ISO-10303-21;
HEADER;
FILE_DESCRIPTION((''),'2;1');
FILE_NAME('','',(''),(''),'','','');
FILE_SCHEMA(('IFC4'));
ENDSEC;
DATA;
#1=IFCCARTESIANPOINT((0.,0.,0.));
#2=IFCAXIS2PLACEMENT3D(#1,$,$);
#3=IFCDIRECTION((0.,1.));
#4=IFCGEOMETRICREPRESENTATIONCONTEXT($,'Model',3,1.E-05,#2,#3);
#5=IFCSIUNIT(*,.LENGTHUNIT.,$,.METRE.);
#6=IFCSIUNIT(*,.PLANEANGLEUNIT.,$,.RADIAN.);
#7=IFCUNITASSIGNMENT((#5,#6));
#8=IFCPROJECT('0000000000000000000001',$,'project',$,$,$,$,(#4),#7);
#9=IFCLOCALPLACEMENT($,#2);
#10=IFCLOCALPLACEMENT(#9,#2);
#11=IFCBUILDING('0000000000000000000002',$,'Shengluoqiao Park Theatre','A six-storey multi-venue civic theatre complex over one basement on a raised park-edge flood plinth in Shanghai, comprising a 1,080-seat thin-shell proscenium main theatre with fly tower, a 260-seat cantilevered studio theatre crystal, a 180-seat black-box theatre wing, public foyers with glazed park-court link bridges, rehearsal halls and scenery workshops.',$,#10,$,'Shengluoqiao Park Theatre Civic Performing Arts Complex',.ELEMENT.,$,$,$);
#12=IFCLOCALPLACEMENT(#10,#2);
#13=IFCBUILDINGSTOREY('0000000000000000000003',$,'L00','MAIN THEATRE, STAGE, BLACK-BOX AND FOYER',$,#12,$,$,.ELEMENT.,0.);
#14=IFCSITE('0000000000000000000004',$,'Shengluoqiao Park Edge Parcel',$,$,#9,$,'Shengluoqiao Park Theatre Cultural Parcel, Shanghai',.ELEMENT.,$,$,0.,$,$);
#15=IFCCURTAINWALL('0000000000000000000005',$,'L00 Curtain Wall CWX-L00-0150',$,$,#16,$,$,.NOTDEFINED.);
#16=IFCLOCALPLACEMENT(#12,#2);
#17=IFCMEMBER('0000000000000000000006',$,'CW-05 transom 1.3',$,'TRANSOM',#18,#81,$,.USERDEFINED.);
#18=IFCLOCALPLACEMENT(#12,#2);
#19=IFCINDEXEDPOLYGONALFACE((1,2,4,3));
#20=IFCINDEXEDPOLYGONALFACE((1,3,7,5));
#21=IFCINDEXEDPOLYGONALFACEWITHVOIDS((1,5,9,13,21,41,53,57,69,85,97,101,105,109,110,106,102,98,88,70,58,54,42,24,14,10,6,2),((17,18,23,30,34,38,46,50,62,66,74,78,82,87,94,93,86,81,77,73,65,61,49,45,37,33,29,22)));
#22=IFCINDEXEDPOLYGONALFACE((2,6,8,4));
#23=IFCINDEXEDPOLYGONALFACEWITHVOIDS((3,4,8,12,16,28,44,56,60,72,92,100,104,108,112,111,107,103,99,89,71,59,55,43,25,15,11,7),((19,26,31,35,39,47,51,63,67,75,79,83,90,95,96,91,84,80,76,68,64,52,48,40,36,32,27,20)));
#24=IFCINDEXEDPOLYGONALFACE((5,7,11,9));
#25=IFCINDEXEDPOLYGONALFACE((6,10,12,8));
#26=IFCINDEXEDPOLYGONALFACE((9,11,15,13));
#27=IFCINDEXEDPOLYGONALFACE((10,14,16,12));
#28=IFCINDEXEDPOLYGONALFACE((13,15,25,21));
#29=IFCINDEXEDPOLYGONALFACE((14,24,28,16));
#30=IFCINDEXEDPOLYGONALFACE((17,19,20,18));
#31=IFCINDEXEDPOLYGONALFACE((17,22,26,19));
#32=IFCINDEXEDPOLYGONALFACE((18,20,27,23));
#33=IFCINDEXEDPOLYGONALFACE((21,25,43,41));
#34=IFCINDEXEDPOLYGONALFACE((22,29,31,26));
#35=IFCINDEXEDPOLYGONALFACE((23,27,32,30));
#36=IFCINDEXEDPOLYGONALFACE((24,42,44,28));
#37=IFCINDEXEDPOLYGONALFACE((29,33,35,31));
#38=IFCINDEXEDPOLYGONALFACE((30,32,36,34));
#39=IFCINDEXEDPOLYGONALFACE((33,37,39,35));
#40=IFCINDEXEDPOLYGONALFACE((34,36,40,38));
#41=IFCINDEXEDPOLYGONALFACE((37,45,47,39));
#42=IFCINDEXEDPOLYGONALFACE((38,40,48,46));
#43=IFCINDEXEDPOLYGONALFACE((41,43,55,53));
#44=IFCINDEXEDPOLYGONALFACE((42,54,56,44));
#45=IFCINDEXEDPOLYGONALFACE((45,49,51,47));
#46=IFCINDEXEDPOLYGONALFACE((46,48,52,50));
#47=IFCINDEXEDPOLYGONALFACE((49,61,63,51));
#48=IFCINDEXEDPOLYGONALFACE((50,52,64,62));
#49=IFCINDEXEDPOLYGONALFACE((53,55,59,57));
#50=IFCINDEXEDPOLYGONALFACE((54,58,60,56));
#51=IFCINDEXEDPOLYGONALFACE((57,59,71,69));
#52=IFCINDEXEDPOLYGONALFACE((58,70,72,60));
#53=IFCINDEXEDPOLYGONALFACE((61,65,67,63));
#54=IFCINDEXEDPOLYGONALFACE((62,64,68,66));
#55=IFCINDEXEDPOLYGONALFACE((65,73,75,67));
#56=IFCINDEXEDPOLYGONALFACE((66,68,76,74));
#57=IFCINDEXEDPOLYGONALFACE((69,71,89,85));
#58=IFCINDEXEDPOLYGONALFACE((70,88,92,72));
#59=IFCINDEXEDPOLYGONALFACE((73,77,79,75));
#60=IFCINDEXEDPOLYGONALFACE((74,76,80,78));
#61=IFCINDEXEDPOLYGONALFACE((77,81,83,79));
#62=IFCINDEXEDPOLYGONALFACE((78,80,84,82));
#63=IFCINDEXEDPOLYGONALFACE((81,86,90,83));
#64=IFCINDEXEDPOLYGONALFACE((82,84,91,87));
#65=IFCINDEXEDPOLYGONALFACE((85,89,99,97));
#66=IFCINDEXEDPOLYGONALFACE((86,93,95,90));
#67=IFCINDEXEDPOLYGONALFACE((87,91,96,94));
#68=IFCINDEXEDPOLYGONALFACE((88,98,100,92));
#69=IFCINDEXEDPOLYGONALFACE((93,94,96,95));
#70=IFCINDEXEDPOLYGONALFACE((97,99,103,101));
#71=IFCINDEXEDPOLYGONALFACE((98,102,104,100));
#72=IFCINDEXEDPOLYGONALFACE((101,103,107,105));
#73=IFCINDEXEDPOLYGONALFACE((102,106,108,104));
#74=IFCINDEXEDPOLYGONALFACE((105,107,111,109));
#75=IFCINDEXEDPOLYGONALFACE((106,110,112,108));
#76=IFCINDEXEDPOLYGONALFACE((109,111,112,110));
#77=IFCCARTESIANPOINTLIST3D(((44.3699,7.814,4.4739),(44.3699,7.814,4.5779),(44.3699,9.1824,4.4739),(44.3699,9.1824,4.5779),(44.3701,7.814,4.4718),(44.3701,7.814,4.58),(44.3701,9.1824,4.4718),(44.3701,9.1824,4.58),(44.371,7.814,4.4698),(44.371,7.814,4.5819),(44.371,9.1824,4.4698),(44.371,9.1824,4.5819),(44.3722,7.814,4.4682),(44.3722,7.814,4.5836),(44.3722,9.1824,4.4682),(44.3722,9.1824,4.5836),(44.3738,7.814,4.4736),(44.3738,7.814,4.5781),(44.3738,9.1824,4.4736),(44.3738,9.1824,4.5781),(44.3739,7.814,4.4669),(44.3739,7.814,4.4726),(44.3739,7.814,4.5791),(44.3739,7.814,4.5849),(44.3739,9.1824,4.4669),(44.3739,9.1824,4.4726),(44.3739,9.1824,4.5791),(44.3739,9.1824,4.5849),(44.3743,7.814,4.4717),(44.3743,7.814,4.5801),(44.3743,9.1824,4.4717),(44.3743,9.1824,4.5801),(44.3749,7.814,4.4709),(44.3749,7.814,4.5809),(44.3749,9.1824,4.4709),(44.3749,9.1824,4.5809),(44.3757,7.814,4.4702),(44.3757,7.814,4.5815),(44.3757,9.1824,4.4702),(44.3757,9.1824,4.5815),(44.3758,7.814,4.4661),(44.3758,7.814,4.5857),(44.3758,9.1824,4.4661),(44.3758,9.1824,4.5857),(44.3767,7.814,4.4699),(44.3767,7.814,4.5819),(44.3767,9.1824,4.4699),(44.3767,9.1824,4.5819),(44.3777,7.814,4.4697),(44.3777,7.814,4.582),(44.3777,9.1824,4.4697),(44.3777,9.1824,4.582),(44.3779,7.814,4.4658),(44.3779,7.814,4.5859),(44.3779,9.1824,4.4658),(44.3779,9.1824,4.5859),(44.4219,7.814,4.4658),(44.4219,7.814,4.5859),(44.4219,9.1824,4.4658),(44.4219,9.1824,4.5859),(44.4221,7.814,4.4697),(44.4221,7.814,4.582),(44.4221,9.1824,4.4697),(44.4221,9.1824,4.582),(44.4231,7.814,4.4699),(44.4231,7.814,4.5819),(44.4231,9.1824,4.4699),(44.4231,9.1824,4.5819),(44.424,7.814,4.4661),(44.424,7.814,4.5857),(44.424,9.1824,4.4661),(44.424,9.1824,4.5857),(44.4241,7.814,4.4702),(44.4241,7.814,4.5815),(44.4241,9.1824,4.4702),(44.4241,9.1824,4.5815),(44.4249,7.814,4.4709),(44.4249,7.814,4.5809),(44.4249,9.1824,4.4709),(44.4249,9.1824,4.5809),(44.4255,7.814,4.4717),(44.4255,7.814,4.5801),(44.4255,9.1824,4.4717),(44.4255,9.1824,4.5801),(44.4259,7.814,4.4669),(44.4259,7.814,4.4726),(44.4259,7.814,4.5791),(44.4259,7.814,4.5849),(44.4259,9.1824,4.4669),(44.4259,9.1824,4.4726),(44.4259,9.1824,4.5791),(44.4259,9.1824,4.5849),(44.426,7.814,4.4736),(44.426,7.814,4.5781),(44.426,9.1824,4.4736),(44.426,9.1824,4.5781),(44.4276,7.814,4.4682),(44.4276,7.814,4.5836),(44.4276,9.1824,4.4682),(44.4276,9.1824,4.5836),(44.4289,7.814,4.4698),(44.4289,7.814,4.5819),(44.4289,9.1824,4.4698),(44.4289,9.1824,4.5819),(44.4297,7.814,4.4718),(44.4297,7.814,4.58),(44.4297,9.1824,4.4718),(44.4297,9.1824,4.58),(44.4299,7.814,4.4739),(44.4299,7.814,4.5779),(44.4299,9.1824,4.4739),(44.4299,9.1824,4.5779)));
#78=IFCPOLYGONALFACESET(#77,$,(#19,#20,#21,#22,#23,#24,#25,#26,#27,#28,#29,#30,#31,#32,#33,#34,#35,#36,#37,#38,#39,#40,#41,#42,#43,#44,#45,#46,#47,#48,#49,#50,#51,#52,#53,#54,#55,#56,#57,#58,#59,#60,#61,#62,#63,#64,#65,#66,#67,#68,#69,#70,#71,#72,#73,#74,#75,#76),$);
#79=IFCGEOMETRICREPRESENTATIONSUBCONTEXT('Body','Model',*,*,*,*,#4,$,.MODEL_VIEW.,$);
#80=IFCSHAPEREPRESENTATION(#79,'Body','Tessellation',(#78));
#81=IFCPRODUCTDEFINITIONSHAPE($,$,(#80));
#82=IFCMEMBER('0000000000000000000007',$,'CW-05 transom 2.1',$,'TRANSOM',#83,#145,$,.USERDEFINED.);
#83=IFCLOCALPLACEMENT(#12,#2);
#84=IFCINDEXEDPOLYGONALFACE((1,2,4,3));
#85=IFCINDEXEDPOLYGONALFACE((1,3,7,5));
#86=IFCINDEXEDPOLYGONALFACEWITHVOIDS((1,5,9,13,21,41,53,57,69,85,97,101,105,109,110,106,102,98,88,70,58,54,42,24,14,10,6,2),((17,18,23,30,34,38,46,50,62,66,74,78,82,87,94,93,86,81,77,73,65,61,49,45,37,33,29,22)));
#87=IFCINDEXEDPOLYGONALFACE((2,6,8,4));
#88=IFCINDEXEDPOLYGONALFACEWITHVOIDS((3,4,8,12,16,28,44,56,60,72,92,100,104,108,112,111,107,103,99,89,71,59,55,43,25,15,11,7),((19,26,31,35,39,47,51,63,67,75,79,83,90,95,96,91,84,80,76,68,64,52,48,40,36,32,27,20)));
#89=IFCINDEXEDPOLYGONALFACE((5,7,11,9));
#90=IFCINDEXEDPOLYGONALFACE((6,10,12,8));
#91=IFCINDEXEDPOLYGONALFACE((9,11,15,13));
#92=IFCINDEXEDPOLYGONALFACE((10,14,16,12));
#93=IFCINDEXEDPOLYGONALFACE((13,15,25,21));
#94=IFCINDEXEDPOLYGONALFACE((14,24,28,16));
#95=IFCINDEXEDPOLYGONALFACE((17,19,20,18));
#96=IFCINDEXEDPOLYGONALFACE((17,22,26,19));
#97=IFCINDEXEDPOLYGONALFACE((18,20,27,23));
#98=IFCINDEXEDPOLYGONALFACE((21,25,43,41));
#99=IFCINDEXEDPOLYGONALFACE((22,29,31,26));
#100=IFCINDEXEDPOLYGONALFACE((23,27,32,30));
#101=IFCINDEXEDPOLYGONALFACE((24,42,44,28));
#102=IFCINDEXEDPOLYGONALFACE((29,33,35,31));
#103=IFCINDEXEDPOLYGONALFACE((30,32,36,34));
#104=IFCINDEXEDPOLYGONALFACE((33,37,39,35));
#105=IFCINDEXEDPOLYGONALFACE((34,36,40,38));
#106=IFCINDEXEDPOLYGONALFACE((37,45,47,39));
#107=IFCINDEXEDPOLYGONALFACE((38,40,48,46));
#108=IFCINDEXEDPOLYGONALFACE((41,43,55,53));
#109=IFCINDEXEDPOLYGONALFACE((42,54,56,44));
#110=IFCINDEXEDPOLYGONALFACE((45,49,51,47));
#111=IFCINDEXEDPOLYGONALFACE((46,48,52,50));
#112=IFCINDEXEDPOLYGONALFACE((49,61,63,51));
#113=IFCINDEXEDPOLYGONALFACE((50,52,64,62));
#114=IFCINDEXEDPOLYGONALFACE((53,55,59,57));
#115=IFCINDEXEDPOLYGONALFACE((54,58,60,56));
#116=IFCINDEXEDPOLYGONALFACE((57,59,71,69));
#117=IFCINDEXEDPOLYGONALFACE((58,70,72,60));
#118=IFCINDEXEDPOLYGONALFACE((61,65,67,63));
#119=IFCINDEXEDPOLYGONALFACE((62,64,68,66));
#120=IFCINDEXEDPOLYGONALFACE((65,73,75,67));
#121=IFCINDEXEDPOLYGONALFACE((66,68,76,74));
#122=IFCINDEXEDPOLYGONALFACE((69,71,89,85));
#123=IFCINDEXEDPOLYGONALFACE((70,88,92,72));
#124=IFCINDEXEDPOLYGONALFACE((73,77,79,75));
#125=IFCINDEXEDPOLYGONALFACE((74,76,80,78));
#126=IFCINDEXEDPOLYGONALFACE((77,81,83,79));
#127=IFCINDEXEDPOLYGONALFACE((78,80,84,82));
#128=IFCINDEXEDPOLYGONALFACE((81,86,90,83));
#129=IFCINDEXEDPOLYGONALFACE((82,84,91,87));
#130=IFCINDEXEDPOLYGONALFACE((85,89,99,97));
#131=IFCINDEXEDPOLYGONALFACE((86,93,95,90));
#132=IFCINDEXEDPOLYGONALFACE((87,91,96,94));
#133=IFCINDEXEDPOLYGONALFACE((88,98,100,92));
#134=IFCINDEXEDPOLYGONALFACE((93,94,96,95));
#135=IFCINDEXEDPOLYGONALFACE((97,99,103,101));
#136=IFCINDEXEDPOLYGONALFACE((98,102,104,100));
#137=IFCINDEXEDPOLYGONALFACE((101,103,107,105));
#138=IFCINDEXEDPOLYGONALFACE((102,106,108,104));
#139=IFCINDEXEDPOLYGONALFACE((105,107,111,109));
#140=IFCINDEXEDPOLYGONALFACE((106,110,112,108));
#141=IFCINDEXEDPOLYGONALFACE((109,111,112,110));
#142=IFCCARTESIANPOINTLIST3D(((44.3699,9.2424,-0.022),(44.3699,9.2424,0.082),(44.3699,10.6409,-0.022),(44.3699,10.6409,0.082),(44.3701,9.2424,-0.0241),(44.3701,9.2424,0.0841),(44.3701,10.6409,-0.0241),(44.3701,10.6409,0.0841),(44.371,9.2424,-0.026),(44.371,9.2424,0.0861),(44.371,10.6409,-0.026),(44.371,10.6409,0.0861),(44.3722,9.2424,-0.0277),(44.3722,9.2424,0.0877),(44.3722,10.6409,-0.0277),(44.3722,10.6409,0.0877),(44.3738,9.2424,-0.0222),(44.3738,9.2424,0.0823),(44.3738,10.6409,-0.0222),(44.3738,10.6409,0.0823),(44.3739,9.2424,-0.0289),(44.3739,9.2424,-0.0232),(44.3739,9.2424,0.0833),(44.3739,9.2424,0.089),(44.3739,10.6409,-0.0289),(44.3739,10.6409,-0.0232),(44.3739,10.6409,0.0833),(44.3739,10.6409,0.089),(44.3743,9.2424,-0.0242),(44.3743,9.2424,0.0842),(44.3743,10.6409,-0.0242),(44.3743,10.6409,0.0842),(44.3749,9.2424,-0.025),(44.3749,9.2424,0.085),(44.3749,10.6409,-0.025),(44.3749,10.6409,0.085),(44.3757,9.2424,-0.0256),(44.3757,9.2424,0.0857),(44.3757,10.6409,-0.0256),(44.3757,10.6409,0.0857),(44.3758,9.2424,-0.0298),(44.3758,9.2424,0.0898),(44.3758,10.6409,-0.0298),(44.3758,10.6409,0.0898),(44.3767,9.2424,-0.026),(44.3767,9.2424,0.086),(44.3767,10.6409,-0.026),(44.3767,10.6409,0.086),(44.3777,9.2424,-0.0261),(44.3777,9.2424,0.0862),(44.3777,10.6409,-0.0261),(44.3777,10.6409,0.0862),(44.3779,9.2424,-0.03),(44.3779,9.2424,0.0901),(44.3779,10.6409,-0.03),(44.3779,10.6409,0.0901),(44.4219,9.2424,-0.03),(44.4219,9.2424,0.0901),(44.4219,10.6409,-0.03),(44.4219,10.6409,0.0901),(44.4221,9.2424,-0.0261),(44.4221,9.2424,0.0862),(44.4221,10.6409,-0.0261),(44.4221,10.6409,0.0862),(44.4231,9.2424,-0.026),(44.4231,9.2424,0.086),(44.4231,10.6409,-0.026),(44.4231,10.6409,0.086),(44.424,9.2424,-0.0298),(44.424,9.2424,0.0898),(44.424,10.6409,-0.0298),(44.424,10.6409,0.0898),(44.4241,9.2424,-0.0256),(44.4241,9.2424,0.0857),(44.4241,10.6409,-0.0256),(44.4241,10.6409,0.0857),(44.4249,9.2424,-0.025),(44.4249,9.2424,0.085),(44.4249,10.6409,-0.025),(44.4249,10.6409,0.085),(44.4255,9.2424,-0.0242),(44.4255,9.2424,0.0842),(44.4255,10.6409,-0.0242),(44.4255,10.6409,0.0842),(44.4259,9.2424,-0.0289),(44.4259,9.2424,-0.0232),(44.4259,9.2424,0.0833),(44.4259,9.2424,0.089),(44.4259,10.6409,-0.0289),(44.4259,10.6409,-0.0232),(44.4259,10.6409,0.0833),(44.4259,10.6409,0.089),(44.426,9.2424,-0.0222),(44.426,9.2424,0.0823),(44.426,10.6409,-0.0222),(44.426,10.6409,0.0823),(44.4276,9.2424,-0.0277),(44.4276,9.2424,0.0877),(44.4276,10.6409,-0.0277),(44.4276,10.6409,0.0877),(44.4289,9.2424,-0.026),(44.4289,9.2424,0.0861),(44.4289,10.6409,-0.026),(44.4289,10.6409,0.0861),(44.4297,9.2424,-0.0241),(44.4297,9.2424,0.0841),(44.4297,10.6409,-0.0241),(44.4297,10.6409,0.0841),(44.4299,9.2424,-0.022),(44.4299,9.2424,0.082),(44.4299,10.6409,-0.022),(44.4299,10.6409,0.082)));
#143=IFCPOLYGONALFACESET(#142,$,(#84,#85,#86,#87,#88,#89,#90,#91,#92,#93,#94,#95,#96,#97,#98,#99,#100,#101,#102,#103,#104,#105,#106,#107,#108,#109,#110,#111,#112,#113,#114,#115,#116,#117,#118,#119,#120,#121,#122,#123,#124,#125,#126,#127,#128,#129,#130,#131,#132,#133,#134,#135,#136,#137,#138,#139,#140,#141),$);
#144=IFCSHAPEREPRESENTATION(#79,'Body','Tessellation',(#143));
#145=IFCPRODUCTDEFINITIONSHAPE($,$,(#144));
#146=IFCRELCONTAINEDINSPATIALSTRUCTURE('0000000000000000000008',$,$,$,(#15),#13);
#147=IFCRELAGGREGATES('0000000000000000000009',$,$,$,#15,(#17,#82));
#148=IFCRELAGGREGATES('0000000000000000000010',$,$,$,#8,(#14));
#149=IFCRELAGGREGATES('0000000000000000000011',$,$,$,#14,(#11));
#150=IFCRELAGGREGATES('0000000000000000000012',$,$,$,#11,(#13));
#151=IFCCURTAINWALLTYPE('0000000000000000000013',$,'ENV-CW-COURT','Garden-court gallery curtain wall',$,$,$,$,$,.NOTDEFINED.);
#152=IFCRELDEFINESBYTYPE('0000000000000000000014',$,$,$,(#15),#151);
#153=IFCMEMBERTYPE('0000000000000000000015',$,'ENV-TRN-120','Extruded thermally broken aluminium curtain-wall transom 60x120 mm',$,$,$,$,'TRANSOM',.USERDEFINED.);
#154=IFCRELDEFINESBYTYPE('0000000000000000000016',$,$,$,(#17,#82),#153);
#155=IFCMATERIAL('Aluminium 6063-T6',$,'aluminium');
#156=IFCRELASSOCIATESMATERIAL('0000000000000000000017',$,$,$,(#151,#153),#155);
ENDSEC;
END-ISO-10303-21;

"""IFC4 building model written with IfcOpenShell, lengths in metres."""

from ifc_helpers import new_model, si_unit, direction, frame, origin, origin_2d, place, context, subcontext, project, spatial, hollow_rectangle, extrude, material, material_profile, profile_set, type_object, element, aggregate, save


model = new_model("IFC4")

# Units and contexts
model_context = context("Model", 3, precision=1e-05, world=origin(), true_north=direction((0.0, 1.0)))
body_context = subcontext(model_context, "Body", "Model", "MODEL_VIEW")
ifc_project = project(units=[si_unit("LENGTHUNIT", "METRE"), si_unit("PLANEANGLEUNIT", "RADIAN")], contexts=[model_context])

# Site, building, storey
site_placement = place(None, origin())
site = spatial("IfcSite", under=ifc_project, at=site_placement, Name="Shengluoqiao Park Edge Parcel", LongName="Shengluoqiao Park Theatre Cultural Parcel, Shanghai", CompositionType="ELEMENT", RefElevation=0.0)
building_placement = place(site_placement, origin())
building = spatial("IfcBuilding", under=site, at=building_placement, Name="Shengluoqiao Park Theatre", Description="A six-storey multi-venue civic theatre complex over one basement on a raised park-edge flood plinth in Shanghai, comprising a 1,080-seat thin-shell proscenium main theatre with fly tower, a 260-seat cantilevered studio theatre crystal, a 180-seat black-box theatre wing, public foyers with glazed park-court link bridges, rehearsal halls and scenery workshops.", LongName="Shengluoqiao Park Theatre Civic Performing Arts Complex", CompositionType="ELEMENT")
storey_placement = place(building_placement, origin())
storey = spatial("IfcBuildingStorey", under=building, at=storey_placement, Name="L00", Description="MAIN THEATRE, STAGE, BLACK-BOX AND FOYER", CompositionType="ELEMENT", Elevation=0.0)

# Curtain wall
ifc_material_1 = material(Name="Aluminium 6063-T6", Category="aluminium")
curtain_wall_type = type_object("IfcCurtainWallType", Name="ENV-CW-COURT", Description="Garden-court gallery curtain wall", PredefinedType="NOTDEFINED", material=ifc_material_1)
curtain_wall_1_placement = place(storey_placement, origin())
curtain_wall_1 = element("IfcCurtainWall", 1, at=curtain_wall_1_placement, inside=storey, type_object=curtain_wall_type, Name="L00 Curtain Wall CWX-L00-0150", PredefinedType="NOTDEFINED")

# Members
ifc_material_profile_1 = material_profile(ifc_material_1, hollow_rectangle(XDim=0.0601, YDim=0.1201, WallThickness=0.0039, InnerFilletRadius=0.0039, OuterFilletRadius=0.0081, at=origin_2d()), Name="ALU TRANSOM 120x60x4")
ifc_profile_set_1 = profile_set([ifc_material_profile_1], Name="Aluminium 6063-T6")
member_type_1 = type_object("IfcMemberType", Name="ENV-TRN-120", Description="Extruded thermally broken aluminium curtain-wall transom 60x120 mm", ElementType="TRANSOM", PredefinedType="USERDEFINED", material=ifc_profile_set_1)
member_1_placement = place(storey_placement, frame((44.3999, 7.814, 4.5259), z_axis=(0.0, 1.0, 0.0), x_axis=(-1.0, 0.0, 0.0)))
member_1 = element("IfcMember", 2, at=member_1_placement, type_object=member_type_1, Name="CW-05 transom 1.3", ObjectType="TRANSOM", PredefinedType="USERDEFINED", context=body_context, shape_type="SweptSolid", body=[
    extrude(hollow_rectangle(XDim=0.0601, YDim=0.1201, WallThickness=0.0039, InnerFilletRadius=0.0039, OuterFilletRadius=0.0081, at=origin_2d()), origin(), (0.0, 0.0, 1.0), 1.3684),
])
member_2_placement = place(storey_placement, frame((44.3999, 9.2424, 0.03), z_axis=(0.0, 1.0, 0.0), x_axis=(-1.0, 0.0, 0.0)))
member_2 = element("IfcMember", 3, at=member_2_placement, type_object=member_type_1, Name="CW-05 transom 2.1", ObjectType="TRANSOM", PredefinedType="USERDEFINED", context=body_context, shape_type="SweptSolid", body=[
    extrude(hollow_rectangle(XDim=0.0601, YDim=0.1201, WallThickness=0.0039, InnerFilletRadius=0.0039, OuterFilletRadius=0.0081, at=origin_2d()), origin(), (0.0, 0.0, 1.0), 1.3984),
])

aggregate(curtain_wall_1, [member_1, member_2])

save(model, "model.ifc")
